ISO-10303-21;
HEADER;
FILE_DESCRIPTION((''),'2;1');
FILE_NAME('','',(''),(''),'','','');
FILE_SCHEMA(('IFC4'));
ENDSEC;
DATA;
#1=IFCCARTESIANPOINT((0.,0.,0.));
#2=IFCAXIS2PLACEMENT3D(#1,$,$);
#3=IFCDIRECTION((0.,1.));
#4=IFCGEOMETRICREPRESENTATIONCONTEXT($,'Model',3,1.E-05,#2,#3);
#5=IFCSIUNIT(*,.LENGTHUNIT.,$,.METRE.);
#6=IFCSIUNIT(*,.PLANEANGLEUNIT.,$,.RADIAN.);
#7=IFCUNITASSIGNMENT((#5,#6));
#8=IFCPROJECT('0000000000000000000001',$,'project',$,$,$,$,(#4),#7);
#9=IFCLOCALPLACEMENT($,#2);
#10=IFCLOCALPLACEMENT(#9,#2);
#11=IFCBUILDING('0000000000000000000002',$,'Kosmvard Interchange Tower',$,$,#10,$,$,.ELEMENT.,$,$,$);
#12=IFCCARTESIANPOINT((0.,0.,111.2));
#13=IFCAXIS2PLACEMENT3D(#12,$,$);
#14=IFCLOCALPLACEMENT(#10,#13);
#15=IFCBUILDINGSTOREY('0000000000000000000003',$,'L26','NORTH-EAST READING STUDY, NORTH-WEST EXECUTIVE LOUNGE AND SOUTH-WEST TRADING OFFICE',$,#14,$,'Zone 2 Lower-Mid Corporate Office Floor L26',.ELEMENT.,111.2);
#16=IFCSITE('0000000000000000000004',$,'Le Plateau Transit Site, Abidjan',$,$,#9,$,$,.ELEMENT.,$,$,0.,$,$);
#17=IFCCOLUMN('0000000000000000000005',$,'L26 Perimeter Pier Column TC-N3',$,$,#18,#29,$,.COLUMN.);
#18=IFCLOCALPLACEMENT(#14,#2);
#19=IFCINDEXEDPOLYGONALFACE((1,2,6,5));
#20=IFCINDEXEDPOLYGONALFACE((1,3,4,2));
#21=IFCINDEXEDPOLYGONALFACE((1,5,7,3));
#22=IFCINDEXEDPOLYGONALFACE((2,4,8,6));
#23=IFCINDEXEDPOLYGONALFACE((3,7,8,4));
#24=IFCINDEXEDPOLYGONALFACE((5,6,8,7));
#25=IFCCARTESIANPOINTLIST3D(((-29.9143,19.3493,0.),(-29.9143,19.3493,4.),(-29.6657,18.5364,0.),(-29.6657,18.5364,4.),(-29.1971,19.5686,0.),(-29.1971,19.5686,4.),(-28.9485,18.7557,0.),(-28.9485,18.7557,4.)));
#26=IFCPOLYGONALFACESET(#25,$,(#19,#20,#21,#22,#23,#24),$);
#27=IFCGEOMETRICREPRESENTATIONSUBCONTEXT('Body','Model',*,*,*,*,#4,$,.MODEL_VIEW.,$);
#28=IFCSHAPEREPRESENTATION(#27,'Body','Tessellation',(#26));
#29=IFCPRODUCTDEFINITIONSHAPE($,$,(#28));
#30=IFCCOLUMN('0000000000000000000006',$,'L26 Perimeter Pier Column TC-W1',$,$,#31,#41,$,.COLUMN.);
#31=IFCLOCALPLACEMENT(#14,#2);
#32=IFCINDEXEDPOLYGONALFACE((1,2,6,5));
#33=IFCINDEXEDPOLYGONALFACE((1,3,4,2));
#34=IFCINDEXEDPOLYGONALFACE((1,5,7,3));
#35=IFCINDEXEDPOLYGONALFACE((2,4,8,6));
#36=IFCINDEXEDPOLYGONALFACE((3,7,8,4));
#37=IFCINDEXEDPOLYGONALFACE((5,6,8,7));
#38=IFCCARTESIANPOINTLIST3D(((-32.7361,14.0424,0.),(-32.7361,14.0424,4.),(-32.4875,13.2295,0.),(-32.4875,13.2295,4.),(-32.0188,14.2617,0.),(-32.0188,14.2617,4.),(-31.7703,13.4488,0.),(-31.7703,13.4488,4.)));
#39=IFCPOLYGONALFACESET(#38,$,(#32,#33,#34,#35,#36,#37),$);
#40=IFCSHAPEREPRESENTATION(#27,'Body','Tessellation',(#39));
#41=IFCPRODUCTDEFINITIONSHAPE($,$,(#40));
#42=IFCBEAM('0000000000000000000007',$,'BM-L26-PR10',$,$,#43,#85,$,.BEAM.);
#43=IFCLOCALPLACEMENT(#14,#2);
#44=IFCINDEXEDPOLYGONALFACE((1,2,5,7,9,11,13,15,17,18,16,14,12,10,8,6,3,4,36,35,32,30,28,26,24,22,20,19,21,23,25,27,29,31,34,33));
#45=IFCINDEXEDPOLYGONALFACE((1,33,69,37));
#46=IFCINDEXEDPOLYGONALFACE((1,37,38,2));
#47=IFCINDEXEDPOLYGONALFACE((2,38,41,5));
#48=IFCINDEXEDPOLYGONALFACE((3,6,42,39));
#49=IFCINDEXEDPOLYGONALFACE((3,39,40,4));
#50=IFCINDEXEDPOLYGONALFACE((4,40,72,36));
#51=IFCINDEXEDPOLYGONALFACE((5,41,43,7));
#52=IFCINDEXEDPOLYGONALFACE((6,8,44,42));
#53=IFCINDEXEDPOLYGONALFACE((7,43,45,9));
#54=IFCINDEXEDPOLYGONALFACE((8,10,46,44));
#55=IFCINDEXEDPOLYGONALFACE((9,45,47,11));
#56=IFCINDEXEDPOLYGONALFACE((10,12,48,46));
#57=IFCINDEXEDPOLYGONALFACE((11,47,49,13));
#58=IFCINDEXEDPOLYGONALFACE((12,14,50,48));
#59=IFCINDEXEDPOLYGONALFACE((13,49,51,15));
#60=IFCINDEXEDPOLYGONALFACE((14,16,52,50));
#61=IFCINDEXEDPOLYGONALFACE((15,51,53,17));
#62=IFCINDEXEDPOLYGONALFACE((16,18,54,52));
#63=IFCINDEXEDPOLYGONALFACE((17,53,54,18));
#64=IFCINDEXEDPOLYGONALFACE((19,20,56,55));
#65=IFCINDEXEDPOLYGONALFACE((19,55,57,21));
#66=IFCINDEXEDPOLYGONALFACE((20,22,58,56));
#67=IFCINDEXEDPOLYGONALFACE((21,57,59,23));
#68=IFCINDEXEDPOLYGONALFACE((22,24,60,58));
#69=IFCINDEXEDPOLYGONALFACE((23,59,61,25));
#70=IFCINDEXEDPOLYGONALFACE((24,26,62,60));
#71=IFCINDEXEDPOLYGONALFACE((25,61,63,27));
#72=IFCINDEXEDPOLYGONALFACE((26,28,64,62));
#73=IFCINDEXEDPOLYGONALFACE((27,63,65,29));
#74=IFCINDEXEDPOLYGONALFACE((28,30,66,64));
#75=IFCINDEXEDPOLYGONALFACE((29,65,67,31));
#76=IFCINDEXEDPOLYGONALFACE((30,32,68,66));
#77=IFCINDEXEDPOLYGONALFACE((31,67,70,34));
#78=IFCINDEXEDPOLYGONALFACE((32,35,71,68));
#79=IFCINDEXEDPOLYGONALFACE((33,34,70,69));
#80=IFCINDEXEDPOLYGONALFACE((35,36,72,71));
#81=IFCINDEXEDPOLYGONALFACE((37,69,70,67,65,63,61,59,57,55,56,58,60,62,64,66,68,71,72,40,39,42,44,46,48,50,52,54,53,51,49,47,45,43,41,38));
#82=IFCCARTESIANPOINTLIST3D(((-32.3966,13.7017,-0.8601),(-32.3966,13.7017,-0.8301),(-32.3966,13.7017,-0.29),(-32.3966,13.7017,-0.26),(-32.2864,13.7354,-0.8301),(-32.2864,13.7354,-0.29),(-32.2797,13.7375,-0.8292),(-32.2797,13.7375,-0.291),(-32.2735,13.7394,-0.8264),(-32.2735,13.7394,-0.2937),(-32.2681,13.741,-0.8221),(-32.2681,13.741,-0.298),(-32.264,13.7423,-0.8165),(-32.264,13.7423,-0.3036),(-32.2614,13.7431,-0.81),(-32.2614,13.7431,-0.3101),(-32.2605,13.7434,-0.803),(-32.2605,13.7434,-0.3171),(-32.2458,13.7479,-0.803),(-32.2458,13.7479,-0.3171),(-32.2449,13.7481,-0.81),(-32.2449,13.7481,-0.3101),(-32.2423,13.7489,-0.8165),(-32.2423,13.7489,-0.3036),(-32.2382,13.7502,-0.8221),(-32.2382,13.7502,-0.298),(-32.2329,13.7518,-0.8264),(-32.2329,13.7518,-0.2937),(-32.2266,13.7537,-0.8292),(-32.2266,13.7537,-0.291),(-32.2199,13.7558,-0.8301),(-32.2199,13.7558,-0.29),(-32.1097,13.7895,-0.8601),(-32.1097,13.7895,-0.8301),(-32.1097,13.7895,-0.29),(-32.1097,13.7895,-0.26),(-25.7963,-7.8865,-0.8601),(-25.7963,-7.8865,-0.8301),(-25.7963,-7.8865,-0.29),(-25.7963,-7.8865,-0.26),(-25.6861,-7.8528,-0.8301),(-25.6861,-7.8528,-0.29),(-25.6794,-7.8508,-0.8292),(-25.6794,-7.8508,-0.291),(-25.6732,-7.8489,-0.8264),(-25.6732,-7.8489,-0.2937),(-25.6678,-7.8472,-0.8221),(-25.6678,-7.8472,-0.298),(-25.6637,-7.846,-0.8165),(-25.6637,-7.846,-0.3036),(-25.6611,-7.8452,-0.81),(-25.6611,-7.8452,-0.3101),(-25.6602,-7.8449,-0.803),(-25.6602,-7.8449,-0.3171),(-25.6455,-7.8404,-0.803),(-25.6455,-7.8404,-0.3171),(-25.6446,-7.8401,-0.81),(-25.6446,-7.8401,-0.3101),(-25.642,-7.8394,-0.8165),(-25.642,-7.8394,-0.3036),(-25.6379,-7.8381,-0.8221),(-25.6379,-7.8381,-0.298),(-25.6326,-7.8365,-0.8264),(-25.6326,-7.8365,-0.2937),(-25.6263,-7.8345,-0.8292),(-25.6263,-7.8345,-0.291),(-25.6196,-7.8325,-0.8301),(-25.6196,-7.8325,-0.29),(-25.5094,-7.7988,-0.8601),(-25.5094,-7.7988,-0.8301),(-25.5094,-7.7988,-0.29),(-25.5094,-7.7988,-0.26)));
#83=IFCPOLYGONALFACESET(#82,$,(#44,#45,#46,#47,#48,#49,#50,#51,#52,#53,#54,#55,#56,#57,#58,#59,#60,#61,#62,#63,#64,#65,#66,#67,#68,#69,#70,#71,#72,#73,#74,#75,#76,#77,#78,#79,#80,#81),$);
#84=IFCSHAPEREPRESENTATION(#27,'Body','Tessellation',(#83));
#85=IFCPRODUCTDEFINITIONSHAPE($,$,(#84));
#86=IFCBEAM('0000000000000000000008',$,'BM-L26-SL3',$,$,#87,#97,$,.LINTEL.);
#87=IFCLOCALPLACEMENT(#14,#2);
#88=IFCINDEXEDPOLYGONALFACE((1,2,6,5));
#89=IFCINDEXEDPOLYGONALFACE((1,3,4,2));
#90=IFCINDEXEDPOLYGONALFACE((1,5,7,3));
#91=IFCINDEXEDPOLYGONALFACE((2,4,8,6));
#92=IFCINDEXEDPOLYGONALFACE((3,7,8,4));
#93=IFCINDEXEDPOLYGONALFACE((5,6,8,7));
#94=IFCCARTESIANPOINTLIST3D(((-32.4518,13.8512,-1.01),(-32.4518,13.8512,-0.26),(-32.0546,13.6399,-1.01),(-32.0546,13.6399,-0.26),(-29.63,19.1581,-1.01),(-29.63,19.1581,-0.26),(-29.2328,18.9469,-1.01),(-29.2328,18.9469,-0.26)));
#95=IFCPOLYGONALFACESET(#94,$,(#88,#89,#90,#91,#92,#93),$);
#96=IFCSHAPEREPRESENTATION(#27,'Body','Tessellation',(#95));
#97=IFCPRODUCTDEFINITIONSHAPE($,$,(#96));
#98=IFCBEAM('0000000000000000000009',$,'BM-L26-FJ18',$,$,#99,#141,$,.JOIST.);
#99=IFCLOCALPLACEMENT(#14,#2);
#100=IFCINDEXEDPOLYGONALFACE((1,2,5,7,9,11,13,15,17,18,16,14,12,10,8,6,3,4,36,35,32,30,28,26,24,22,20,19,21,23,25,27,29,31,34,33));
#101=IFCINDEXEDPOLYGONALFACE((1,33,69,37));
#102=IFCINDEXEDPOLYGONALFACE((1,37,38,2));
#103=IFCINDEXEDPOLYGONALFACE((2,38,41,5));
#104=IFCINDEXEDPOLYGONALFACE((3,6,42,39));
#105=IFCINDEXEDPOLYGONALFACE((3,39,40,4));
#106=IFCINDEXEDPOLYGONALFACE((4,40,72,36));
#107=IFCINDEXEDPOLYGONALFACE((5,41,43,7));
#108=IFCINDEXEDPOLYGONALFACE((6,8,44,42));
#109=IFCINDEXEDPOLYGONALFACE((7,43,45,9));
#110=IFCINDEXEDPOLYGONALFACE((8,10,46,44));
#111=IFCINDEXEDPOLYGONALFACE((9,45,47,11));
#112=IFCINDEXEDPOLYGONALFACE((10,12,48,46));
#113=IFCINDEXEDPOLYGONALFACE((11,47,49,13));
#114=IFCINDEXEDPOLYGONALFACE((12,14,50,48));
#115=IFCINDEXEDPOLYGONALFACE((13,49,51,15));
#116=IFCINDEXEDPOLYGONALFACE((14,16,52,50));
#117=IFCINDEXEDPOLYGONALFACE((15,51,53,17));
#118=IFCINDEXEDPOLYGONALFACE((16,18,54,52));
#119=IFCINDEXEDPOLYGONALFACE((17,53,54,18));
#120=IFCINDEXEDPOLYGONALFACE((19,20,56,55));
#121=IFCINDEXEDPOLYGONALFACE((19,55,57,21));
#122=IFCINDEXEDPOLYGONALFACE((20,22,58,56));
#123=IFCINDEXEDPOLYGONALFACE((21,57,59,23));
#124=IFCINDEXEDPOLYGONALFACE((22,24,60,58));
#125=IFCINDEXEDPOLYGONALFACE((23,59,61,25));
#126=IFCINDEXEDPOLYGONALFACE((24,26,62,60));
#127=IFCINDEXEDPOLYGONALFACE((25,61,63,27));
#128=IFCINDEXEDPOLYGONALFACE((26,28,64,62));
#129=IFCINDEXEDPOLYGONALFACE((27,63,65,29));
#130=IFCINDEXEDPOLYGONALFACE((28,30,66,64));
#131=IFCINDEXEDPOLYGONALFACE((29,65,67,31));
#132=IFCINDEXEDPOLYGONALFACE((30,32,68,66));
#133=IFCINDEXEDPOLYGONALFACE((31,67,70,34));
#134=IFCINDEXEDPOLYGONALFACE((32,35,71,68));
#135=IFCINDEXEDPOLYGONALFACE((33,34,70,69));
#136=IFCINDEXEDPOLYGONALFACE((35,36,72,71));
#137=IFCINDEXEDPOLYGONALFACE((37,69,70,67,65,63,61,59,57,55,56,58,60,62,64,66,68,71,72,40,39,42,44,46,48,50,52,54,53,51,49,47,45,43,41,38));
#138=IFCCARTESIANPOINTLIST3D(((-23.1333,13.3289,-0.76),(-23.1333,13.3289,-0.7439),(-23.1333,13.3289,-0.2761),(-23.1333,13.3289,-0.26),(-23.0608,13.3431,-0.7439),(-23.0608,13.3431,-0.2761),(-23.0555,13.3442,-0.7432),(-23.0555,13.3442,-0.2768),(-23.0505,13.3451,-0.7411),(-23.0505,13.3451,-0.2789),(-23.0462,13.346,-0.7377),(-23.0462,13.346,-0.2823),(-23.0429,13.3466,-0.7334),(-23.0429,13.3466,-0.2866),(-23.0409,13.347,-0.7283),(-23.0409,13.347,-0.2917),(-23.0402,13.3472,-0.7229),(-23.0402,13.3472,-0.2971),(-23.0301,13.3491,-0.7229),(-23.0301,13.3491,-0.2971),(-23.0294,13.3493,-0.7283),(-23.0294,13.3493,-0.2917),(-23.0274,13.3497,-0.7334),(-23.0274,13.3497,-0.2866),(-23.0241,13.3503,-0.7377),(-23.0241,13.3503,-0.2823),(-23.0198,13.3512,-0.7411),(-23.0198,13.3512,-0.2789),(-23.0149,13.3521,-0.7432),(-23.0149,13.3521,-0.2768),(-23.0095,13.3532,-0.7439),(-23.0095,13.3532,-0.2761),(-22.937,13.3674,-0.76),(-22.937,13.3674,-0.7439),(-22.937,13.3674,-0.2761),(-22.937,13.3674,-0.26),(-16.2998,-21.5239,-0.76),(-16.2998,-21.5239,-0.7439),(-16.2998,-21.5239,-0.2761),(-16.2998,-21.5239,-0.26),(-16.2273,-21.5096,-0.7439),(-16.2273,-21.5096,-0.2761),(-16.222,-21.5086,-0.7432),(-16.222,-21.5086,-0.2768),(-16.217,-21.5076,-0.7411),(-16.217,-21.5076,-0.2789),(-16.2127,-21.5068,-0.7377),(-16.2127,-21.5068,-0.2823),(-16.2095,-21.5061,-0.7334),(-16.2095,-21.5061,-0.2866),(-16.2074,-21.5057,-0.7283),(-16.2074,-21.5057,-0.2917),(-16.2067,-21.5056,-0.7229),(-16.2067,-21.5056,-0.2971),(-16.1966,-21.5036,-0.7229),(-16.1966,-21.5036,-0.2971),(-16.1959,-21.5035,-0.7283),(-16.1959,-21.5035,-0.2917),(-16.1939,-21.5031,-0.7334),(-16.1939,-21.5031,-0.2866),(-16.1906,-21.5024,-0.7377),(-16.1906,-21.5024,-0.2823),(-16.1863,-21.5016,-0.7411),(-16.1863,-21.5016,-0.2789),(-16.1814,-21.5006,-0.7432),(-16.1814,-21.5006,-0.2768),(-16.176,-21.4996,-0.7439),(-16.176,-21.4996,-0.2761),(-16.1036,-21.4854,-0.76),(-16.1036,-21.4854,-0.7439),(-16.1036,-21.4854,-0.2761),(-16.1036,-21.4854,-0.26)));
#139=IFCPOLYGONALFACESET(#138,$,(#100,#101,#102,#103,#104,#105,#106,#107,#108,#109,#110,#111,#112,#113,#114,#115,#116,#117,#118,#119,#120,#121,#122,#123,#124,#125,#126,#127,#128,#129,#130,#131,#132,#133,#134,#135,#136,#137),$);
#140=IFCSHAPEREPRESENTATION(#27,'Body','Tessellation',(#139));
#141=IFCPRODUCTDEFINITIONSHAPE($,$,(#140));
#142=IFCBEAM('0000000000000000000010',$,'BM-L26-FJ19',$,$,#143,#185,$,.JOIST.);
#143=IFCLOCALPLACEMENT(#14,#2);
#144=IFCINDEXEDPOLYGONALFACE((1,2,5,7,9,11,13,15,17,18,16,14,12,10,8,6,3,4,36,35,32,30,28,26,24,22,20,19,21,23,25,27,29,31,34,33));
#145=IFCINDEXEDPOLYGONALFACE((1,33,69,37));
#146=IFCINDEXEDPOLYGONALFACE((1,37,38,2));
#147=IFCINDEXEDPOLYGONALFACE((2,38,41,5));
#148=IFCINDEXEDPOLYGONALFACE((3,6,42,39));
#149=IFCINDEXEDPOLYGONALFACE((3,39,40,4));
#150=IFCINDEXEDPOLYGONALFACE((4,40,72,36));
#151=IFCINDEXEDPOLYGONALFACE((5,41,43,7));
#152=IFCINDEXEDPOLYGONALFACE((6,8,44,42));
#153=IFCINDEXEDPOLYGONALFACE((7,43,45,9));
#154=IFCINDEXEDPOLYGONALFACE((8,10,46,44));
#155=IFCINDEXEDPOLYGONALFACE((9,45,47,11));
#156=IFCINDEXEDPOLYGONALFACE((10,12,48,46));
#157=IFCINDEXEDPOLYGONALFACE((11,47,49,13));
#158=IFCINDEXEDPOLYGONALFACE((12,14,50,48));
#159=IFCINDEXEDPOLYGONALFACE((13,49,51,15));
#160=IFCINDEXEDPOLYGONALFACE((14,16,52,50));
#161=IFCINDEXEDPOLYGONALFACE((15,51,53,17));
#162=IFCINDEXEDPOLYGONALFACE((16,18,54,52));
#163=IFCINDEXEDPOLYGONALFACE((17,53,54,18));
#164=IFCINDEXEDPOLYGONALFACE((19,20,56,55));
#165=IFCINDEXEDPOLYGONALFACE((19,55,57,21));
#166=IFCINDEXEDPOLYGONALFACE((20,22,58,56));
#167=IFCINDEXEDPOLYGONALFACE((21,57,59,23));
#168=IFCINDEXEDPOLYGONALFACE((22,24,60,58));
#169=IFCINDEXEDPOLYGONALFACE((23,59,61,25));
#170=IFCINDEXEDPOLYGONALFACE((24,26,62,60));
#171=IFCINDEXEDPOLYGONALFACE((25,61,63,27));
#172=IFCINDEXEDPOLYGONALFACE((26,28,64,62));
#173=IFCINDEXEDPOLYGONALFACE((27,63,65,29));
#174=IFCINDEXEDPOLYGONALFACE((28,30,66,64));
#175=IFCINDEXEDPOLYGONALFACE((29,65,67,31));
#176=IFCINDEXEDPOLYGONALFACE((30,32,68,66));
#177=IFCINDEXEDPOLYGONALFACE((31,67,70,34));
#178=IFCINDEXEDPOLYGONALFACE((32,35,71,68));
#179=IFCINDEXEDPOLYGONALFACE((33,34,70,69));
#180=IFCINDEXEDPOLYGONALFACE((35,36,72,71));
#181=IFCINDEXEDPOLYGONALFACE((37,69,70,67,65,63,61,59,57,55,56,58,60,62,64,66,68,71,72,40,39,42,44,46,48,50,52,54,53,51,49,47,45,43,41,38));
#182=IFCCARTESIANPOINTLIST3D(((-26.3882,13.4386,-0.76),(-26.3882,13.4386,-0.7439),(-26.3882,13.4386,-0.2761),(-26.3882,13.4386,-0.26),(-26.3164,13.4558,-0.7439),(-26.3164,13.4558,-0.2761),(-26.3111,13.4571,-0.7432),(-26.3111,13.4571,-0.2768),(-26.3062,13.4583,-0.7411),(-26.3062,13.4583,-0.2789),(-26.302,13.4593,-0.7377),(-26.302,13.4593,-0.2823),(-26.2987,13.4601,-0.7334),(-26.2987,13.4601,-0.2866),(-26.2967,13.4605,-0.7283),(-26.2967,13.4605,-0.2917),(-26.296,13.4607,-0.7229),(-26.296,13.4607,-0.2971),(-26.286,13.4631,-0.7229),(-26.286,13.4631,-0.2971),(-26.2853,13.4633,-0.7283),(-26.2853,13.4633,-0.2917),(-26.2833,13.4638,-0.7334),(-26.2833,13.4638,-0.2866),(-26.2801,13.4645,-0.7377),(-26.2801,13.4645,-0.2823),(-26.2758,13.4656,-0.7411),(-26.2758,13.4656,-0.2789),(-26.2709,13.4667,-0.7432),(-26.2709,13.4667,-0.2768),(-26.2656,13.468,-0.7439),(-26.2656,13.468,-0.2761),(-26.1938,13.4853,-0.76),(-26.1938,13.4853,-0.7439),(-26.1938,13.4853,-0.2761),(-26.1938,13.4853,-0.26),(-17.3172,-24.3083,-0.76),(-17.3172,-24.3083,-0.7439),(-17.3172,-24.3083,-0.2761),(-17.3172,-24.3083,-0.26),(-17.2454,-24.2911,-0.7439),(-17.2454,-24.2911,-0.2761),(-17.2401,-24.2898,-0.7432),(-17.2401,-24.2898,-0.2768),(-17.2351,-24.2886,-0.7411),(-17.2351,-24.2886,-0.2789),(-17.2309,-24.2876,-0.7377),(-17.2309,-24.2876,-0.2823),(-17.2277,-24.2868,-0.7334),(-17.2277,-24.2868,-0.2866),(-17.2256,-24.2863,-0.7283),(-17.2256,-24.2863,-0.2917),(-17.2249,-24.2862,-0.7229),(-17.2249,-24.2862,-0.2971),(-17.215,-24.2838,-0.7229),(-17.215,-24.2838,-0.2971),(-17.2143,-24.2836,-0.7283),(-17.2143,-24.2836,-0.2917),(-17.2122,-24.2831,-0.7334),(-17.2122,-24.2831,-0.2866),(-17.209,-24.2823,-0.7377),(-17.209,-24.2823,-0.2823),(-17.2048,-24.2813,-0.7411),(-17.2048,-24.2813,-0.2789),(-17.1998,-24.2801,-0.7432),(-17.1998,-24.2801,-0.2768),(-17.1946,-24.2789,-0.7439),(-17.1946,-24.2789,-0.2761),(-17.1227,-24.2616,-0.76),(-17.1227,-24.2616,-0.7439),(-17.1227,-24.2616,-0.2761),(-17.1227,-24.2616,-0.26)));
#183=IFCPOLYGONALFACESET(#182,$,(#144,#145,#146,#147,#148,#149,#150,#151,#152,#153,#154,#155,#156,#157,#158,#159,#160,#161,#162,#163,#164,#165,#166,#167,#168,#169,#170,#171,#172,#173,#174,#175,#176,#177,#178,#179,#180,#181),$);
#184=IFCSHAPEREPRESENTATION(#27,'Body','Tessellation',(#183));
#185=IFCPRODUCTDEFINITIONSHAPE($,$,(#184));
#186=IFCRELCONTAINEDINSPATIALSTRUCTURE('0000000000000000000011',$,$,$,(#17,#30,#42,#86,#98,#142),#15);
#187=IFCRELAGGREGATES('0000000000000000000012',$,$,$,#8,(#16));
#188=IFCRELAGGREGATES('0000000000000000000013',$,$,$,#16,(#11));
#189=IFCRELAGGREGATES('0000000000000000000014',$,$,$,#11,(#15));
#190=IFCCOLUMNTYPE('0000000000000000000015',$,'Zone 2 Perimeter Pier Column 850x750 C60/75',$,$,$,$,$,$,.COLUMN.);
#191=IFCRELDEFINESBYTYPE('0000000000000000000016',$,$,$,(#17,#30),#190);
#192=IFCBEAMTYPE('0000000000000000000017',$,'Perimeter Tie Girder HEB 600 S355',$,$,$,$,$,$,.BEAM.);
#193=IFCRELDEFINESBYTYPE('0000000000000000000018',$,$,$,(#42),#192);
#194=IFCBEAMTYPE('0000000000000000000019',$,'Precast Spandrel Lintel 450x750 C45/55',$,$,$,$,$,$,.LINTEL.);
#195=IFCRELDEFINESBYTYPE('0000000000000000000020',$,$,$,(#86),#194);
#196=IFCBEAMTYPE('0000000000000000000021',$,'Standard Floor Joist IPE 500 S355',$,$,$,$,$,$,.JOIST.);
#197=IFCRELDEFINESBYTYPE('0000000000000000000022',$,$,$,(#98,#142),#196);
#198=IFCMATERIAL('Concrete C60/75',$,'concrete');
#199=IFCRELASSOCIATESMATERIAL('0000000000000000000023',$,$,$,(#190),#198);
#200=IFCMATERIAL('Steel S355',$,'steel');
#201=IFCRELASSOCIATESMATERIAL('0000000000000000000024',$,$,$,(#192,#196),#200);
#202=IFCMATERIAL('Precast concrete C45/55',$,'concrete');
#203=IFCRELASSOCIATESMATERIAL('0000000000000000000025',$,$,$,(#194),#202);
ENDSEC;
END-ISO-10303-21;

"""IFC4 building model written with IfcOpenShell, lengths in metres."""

from ifc_helpers import new_model, si_unit, direction, frame, origin, origin_2d, place, context, subcontext, project, spatial, rectangle, i_section, extrude, source, transform, mapped, material, material_profile, profile_set, type_object, element, save


model = new_model("IFC4")

# Units and contexts
model_context = context("Model", 3, precision=1e-05, world=origin(), true_north=direction((0.0, 1.0)))
body_context = subcontext(model_context, "Body", "Model", "MODEL_VIEW")
ifc_project = project(units=[si_unit("LENGTHUNIT", "METRE"), si_unit("PLANEANGLEUNIT", "RADIAN")], contexts=[model_context])

# Site, building, storey
site_placement = place(None, origin())
site = spatial("IfcSite", under=ifc_project, at=site_placement, Name="Le Plateau Transit Site, Abidjan", CompositionType="ELEMENT", RefElevation=0.0)
building_placement = place(site_placement, origin())
building = spatial("IfcBuilding", under=site, at=building_placement, Name="Kosmvard Interchange Tower", CompositionType="ELEMENT")
storey_placement = place(building_placement, frame((0.0, 0.0, 111.2)))
storey = spatial("IfcBuildingStorey", under=building, at=storey_placement, Name="L26", Description="NORTH-EAST READING STUDY, NORTH-WEST EXECUTIVE LOUNGE AND SOUTH-WEST TRADING OFFICE", LongName="Zone 2 Lower-Mid Corporate Office Floor L26", CompositionType="ELEMENT", Elevation=111.2)

# Columns
ifc_material_1 = material(Name="Concrete C60/75", Category="concrete")
ifc_material_profile_1 = material_profile(ifc_material_1, rectangle(XDim=0.75, YDim=0.8501, at=origin_2d()), Name="TC 850x750")
ifc_profile_set_1 = profile_set([ifc_material_profile_1], Name="Concrete C60/75")
column_type = type_object("IfcColumnType", Name="Zone 2 Perimeter Pier Column 850x750 C60/75", PredefinedType="COLUMN", material=ifc_profile_set_1)
shared_shape_1 = source(origin(), body_context, "Body", "SweptSolid", [
    extrude(rectangle(XDim=0.75, YDim=0.8501, at=origin_2d()), origin(), (0.0, 0.0, 1.0), 4.0),
])
for number, where, z_axis, x_axis, name in (
    (1, (-29.4314, 19.0525, 0.0), (0.0, 0.0, 1.0), (0.956305, 0.292372, 0.0), "L26 Perimeter Pier Column TC-N3"),
    (2, (-32.2532, 13.7456, 0.0), (0.0, 0.0, 1.0), (0.956305, 0.292372, 0.0), "L26 Perimeter Pier Column TC-W1"),
):
    element("IfcColumn", number, at=place(storey_placement, frame(where, z_axis=z_axis, x_axis=x_axis)), inside=storey, type_object=column_type, Name=name, PredefinedType="COLUMN", context=body_context, shape_type="MappedRepresentation", body=[
        mapped(shared_shape_1, transform((0.0, 0.0, 0.0), scale=1.0)),
    ])

# Beams
ifc_material_2 = material(Name="Steel S355", Category="steel")
ifc_material_profile_2 = material_profile(ifc_material_2, i_section(OverallWidth=0.3, OverallDepth=0.6001, WebThickness=0.0154, FlangeThickness=0.03, FilletRadius=0.0271, at=origin_2d()), Name="HEB 600")
ifc_profile_set_2 = profile_set([ifc_material_profile_2], Name="Steel S355")
beam_type_1 = type_object("IfcBeamType", Name="Perimeter Tie Girder HEB 600 S355", PredefinedType="BEAM", material=ifc_profile_set_2)
shared_shape_2 = source(origin(), body_context, "Body", "SweptSolid", [
    extrude(i_section(OverallWidth=0.3, OverallDepth=0.6001, WebThickness=0.0154, FlangeThickness=0.03, FilletRadius=0.0271, at=origin_2d()), origin(), (0.0, 0.0, 1.0), 22.5747),
])
beam_1_placement = place(storey_placement, frame((-32.2532, 13.7456, -0.5601), z_axis=(0.292376, -0.956303, 0.0), x_axis=(0.956303, 0.292376, 0.0)))
element("IfcBeam", 3, at=beam_1_placement, inside=storey, type_object=beam_type_1, Name="BM-L26-PR10", PredefinedType="BEAM", context=body_context, shape_type="MappedRepresentation", body=[
    mapped(shared_shape_2, transform((0.0, 0.0, 0.0), scale=1.0)),
])
ifc_material_3 = material(Name="Precast concrete C45/55", Category="concrete")
ifc_material_profile_3 = material_profile(ifc_material_3, rectangle(XDim=0.45, YDim=0.75, at=origin_2d()), Name="SL 450x750")
ifc_profile_set_3 = profile_set([ifc_material_profile_3], Name="Precast concrete C45/55")
beam_type_2 = type_object("IfcBeamType", Name="Precast Spandrel Lintel 450x750 C45/55", PredefinedType="LINTEL", material=ifc_profile_set_3)
shared_shape_3 = source(origin(), body_context, "Body", "SweptSolid", [
    extrude(rectangle(XDim=0.45, YDim=0.75, at=origin_2d()), origin(), (0.0, 0.0, 1.0), 6.0105),
])
beam_2_placement = place(storey_placement, frame((-29.4314, 19.0525, -0.635), z_axis=(-0.469479, -0.882944, 0.0), x_axis=(0.882944, -0.469479, 0.0)))
element("IfcBeam", 4, at=beam_2_placement, inside=storey, type_object=beam_type_2, Name="BM-L26-SL3", PredefinedType="LINTEL", context=body_context, shape_type="MappedRepresentation", body=[
    mapped(shared_shape_3, transform((0.0, 0.0, 0.0), scale=1.0)),
])
ifc_material_profile_4 = material_profile(ifc_material_2, i_section(OverallWidth=0.2, OverallDepth=0.5, WebThickness=0.0103, FlangeThickness=0.0161, FilletRadius=0.021, at=origin_2d()), Name="IPE 500")
ifc_profile_set_4 = profile_set([ifc_material_profile_4], Name="Steel S355")
beam_type_3 = type_object("IfcBeamType", Name="Standard Floor Joist IPE 500 S355", PredefinedType="JOIST", material=ifc_profile_set_4)
shared_shape_4 = source(origin(), body_context, "Body", "SweptSolid", [
    extrude(i_section(OverallWidth=0.2, OverallDepth=0.5, WebThickness=0.0103, FlangeThickness=0.0161, FilletRadius=0.021, at=origin_2d()), origin(), (0.0, 0.0, 1.0), 35.5164),
])
beam_3_placement = place(storey_placement, frame((-23.0352, 13.3481, -0.51), z_axis=(0.192404, -0.981316, 0.0), x_axis=(0.981316, 0.192404, 0.0)))
element("IfcBeam", 5, at=beam_3_placement, inside=storey, type_object=beam_type_3, Name="BM-L26-FJ18", PredefinedType="JOIST", context=body_context, shape_type="MappedRepresentation", body=[
    mapped(shared_shape_4, transform((0.0, 0.0, 0.0), scale=1.0)),
])
shared_shape_5 = source(origin(), body_context, "Body", "SweptSolid", [
    extrude(i_section(OverallWidth=0.2, OverallDepth=0.5, WebThickness=0.0103, FlangeThickness=0.0161, FilletRadius=0.021, at=origin_2d()), origin(), (0.0, 0.0, 1.0), 38.8215),
])
beam_4_placement = place(storey_placement, frame((-26.291, 13.4619, -0.51), z_axis=(0.233661, -0.972318, 0.0), x_axis=(0.972318, 0.233661, 0.0)))
element("IfcBeam", 6, at=beam_4_placement, inside=storey, type_object=beam_type_3, Name="BM-L26-FJ19", PredefinedType="JOIST", context=body_context, shape_type="MappedRepresentation", body=[
    mapped(shared_shape_5, transform((0.0, 0.0, 0.0), scale=1.0)),
])

save(model, "model.ifc")
